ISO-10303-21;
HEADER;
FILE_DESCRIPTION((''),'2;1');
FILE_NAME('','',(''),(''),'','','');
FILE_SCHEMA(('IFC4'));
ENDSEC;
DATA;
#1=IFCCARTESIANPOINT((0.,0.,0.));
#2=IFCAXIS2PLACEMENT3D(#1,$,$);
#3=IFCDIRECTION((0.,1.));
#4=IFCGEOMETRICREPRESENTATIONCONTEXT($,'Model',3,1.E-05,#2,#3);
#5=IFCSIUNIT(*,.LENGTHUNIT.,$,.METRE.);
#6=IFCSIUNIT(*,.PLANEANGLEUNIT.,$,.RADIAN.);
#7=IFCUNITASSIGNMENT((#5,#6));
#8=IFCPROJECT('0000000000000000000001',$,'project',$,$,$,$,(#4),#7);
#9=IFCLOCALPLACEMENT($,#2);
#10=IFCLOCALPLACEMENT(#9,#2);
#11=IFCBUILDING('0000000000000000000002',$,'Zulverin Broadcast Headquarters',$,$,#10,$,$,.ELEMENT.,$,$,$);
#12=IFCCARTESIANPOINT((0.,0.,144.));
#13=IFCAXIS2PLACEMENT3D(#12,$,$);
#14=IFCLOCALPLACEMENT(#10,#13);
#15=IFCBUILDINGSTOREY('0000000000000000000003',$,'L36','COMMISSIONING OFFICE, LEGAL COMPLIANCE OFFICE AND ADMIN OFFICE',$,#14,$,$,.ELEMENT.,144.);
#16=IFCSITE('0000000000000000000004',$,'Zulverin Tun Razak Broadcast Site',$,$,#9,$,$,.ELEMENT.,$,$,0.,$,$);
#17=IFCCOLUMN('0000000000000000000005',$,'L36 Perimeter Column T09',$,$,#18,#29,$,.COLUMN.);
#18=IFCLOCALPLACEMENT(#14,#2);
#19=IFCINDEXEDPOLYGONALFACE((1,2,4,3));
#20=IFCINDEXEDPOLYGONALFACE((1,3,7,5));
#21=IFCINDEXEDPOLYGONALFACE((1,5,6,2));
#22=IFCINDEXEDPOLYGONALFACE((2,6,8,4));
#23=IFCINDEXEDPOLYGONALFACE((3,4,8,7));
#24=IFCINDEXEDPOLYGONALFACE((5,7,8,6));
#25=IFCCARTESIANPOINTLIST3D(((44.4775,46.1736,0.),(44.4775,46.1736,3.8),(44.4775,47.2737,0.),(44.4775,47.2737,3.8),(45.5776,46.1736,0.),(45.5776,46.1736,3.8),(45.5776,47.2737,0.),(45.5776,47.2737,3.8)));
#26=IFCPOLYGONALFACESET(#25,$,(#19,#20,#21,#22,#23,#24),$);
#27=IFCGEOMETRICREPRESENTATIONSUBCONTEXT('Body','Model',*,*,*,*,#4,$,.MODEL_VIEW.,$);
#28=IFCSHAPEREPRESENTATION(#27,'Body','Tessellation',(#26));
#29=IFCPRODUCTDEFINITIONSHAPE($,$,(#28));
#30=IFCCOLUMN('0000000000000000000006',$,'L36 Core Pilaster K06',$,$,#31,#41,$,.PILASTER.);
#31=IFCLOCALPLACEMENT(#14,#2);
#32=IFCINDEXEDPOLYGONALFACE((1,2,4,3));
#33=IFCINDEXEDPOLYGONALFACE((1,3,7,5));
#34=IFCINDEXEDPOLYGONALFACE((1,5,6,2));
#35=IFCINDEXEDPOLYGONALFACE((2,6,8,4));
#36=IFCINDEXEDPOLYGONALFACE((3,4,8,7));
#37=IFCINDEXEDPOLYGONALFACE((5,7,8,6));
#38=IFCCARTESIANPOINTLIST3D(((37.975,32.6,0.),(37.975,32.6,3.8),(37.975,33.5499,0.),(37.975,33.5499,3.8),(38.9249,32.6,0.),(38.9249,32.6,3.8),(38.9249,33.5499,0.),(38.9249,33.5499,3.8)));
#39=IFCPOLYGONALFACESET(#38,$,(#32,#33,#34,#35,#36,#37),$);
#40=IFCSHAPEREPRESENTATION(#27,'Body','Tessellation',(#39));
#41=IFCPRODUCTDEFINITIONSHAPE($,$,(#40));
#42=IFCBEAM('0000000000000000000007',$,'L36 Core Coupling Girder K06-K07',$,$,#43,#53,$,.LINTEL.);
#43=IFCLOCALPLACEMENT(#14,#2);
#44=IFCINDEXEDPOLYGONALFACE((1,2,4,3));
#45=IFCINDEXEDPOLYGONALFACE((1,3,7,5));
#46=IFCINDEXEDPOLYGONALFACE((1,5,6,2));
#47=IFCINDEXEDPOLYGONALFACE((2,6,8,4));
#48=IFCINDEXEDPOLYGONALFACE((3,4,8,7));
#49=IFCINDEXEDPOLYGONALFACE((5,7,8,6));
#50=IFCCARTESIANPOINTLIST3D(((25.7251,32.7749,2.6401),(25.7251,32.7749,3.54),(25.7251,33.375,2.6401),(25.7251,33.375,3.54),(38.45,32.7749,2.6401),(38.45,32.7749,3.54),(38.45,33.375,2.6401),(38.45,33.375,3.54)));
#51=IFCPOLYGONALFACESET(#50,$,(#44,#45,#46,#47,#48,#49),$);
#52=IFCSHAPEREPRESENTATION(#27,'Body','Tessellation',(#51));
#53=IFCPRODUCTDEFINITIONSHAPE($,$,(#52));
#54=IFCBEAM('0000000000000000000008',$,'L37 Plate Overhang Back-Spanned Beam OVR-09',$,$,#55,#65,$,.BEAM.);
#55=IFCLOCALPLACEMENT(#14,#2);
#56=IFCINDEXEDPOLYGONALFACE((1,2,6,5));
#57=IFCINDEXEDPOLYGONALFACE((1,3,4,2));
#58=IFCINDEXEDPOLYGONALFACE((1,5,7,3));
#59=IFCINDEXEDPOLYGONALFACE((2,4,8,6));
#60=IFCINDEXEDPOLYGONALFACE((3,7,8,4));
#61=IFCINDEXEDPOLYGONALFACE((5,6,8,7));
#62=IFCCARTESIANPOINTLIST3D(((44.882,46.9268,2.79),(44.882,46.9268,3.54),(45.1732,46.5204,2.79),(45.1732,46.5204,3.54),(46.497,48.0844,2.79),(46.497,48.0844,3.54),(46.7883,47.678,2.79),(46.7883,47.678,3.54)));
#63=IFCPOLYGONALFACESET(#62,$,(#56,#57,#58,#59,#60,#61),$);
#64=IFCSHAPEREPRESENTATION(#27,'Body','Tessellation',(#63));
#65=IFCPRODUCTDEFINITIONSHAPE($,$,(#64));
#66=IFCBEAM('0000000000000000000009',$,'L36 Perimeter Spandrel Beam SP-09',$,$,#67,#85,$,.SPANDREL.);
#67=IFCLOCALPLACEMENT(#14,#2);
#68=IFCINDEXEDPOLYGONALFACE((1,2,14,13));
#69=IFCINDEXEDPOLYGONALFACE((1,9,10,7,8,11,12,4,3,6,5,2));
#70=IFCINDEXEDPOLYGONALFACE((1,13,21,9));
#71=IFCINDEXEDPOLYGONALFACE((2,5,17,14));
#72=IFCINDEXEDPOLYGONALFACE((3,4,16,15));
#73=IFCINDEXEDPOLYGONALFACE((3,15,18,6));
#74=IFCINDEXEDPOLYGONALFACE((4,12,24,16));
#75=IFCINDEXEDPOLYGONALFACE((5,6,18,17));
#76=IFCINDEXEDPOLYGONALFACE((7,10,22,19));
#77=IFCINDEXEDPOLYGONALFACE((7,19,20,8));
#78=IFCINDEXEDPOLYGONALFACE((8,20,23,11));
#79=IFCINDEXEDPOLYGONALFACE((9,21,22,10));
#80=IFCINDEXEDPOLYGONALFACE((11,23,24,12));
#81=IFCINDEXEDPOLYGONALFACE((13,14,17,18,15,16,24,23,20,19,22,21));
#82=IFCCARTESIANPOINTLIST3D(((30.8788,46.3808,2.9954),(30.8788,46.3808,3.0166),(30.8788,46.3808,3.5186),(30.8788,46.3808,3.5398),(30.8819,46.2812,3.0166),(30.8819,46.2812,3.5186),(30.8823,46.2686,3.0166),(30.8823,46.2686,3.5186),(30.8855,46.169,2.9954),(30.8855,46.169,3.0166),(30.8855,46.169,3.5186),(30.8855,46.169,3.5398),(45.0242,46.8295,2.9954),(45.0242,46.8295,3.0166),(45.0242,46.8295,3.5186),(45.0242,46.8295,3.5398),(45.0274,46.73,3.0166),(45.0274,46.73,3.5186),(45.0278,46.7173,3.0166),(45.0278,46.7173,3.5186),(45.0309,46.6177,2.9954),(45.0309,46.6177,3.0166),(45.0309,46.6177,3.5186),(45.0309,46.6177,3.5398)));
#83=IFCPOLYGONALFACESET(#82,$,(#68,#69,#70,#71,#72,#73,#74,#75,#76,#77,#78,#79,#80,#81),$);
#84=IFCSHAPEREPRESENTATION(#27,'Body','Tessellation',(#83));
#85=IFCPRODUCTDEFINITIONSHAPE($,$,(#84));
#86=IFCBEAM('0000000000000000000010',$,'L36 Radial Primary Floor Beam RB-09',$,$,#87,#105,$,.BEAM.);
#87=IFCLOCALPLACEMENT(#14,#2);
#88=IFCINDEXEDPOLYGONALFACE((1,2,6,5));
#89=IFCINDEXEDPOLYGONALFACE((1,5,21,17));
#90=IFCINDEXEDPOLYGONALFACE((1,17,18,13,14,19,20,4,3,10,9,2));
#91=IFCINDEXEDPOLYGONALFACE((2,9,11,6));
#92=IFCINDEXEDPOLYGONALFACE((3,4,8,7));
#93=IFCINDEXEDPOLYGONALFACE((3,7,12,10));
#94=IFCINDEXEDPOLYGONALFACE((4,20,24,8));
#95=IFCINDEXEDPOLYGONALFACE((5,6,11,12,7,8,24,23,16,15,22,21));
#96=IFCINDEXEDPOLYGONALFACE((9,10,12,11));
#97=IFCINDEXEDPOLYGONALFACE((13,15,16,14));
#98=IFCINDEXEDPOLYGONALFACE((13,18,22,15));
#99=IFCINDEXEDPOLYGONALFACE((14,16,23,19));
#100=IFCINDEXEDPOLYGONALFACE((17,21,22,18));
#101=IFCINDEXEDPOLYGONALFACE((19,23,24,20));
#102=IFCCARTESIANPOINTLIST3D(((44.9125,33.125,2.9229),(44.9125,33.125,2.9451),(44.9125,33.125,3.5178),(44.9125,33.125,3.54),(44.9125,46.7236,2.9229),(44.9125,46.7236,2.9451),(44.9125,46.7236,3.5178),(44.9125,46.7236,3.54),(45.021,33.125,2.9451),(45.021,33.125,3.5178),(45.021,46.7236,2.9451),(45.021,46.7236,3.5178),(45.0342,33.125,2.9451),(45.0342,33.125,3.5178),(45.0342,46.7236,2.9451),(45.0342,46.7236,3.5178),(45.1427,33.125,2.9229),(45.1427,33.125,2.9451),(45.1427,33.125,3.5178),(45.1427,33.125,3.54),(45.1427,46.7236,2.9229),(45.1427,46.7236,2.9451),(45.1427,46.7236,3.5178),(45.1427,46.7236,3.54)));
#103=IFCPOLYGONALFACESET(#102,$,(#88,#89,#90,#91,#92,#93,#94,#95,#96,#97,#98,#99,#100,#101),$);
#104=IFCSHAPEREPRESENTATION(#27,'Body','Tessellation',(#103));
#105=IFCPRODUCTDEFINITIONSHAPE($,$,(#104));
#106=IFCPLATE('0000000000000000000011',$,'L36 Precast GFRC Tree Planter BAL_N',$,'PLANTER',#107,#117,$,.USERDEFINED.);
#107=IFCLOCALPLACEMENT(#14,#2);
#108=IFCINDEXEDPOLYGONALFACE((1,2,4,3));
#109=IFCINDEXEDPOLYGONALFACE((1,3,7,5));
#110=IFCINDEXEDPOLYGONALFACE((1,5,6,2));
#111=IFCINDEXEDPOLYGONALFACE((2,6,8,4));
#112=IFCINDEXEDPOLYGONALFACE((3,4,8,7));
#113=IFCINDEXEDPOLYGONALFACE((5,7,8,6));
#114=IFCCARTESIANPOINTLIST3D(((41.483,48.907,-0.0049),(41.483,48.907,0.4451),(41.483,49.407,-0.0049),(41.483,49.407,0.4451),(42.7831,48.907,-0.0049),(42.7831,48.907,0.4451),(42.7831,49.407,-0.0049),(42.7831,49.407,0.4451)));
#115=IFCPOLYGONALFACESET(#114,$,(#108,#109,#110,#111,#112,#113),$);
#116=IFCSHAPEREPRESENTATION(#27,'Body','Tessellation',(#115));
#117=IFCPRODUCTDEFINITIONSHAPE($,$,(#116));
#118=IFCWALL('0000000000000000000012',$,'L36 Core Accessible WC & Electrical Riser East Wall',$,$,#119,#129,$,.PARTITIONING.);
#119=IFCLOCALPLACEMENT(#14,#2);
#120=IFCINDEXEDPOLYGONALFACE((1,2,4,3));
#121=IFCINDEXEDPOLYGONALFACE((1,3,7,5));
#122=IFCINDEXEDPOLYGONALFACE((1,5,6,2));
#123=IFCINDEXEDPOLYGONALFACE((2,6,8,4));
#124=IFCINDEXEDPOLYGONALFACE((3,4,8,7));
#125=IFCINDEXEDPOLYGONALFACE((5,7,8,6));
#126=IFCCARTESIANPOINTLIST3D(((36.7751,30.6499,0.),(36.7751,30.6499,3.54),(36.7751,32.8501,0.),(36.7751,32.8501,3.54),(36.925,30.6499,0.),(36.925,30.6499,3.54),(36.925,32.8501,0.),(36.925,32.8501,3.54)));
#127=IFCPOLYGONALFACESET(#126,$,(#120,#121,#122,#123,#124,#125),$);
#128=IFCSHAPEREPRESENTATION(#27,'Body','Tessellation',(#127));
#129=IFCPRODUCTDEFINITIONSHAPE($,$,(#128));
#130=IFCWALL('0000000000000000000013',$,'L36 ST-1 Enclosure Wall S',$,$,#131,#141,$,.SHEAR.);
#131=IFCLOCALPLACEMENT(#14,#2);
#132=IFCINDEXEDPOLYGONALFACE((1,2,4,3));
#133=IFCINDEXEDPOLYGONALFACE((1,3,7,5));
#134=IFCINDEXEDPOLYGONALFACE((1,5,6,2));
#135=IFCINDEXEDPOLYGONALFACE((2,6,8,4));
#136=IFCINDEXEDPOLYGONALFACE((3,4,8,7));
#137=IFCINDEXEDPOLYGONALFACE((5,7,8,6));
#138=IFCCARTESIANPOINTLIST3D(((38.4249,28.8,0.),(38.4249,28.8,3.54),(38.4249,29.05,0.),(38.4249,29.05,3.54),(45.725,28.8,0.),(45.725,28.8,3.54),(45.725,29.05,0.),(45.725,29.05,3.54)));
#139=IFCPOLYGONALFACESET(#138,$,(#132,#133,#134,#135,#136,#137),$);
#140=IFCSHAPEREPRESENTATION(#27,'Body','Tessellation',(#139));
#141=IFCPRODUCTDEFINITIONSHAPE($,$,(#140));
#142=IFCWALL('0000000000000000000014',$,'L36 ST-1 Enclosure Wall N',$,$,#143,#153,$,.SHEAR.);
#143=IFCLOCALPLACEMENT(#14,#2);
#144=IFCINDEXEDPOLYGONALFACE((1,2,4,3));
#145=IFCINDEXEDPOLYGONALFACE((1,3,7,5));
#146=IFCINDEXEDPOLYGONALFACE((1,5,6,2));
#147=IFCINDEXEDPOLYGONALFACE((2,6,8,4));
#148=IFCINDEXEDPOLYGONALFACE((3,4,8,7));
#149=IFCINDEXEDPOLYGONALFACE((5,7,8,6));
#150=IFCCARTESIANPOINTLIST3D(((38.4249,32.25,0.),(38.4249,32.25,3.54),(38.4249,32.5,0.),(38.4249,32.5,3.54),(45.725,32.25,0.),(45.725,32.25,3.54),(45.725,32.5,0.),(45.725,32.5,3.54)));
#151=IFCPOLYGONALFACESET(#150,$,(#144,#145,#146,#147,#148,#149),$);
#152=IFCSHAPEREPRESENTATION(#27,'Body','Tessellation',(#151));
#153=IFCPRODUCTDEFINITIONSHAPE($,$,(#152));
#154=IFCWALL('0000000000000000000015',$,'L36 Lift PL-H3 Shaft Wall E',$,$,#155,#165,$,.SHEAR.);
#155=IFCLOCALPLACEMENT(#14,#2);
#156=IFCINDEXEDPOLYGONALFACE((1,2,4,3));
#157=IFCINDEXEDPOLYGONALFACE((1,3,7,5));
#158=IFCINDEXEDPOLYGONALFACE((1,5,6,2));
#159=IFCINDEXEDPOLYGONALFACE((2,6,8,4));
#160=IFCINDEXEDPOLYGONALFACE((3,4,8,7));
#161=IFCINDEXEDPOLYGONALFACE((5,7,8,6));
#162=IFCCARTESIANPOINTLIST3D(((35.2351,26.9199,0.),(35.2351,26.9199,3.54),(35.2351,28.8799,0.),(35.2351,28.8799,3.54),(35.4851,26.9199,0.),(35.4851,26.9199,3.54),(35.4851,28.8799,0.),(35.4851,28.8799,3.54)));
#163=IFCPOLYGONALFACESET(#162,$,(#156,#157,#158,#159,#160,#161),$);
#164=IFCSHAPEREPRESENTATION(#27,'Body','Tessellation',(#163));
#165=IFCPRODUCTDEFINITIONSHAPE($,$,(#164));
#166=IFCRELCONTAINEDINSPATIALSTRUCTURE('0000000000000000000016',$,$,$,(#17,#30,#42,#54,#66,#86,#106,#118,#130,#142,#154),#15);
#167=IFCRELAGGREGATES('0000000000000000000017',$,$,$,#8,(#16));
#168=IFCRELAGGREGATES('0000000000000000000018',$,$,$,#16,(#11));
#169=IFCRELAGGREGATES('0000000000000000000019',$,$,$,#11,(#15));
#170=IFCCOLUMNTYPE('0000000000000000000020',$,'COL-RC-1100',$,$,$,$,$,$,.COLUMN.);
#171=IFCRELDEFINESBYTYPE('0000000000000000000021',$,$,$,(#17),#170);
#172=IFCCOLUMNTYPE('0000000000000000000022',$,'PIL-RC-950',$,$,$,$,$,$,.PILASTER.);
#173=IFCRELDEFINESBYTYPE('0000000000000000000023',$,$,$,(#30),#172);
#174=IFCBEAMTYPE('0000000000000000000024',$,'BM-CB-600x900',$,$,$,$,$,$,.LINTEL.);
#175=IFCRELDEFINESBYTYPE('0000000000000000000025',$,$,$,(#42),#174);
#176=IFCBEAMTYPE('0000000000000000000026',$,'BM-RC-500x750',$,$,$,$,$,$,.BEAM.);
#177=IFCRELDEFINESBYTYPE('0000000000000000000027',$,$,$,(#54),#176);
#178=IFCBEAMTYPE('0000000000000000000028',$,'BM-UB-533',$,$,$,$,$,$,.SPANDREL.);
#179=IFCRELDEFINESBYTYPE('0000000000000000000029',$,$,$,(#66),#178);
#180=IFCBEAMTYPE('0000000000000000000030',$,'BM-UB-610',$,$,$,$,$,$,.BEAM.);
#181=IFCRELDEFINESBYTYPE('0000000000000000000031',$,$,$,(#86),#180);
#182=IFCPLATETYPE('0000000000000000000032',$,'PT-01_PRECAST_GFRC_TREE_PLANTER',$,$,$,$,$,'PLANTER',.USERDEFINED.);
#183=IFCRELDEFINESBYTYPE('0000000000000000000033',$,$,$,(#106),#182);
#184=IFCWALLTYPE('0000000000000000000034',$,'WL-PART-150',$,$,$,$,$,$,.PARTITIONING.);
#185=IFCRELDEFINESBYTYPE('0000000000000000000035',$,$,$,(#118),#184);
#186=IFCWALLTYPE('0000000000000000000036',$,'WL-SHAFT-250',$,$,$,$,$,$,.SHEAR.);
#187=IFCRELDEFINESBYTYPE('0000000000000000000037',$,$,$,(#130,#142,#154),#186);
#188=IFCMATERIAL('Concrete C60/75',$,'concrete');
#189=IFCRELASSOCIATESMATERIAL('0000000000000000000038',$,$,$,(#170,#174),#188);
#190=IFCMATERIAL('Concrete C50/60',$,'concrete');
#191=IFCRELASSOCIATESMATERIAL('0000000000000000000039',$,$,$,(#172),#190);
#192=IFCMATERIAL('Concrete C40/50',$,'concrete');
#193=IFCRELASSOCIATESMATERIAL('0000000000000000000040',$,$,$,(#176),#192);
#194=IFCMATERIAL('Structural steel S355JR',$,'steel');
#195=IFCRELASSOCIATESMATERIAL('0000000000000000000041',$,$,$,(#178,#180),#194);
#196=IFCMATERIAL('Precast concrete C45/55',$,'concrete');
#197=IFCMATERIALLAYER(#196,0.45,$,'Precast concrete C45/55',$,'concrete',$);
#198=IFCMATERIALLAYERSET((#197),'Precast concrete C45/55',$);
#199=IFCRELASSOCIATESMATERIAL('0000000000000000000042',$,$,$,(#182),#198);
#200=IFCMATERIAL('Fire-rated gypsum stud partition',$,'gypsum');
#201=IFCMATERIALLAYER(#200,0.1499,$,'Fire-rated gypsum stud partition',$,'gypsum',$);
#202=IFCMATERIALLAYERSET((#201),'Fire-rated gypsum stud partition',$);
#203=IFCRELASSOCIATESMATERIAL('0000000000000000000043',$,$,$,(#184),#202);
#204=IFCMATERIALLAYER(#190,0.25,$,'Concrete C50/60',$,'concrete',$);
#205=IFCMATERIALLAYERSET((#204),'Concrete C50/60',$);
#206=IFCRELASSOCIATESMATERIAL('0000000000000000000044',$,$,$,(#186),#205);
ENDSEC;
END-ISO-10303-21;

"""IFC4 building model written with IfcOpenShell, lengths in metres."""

from ifc_helpers import new_model, si_unit, direction, frame, frame_2d, origin, origin_2d, place, context, subcontext, project, spatial, rectangle, i_section, extrude, material, layer, layer_set, material_profile, profile_set, type_object, element, save


model = new_model("IFC4")

# Units and contexts
model_context = context("Model", 3, precision=1e-05, world=origin(), true_north=direction((0.0, 1.0)))
body_context = subcontext(model_context, "Body", "Model", "MODEL_VIEW")
ifc_project = project(units=[si_unit("LENGTHUNIT", "METRE"), si_unit("PLANEANGLEUNIT", "RADIAN")], contexts=[model_context])

# Site, building, storey
site_placement = place(None, origin())
site = spatial("IfcSite", under=ifc_project, at=site_placement, Name="Zulverin Tun Razak Broadcast Site", CompositionType="ELEMENT", RefElevation=0.0)
building_placement = place(site_placement, origin())
building = spatial("IfcBuilding", under=site, at=building_placement, Name="Zulverin Broadcast Headquarters", CompositionType="ELEMENT")
storey_placement = place(building_placement, frame((0.0, 0.0, 144.0)))
storey = spatial("IfcBuildingStorey", under=building, at=storey_placement, Name="L36", Description="COMMISSIONING OFFICE, LEGAL COMPLIANCE OFFICE AND ADMIN OFFICE", CompositionType="ELEMENT", Elevation=144.0)

# Columns
ifc_material_1 = material(Name="Concrete C60/75", Category="concrete")
ifc_material_profile_1 = material_profile(ifc_material_1, rectangle(XDim=1.1001, YDim=1.1001, at=origin_2d()), Name="Concrete C60/75", Category="concrete")
ifc_profile_set_1 = profile_set([ifc_material_profile_1], Name="Concrete C60/75")
column_type_1 = type_object("IfcColumnType", Name="COL-RC-1100", PredefinedType="COLUMN", material=ifc_profile_set_1)
column_1_placement = place(storey_placement, frame((45.0276, 46.7236, 0.0), z_axis=(0.0, 0.0, 1.0), x_axis=(1.0, 0.0, 0.0)))
element("IfcColumn", 1, at=column_1_placement, inside=storey, type_object=column_type_1, Name="L36 Perimeter Column T09", PredefinedType="COLUMN", context=body_context, shape_type="SweptSolid", body=[
    extrude(rectangle(XDim=1.1001, YDim=1.1001, at=origin_2d()), origin(), (0.0, 0.0, 1.0), 3.8),
])
ifc_material_2 = material(Name="Concrete C50/60", Category="concrete")
ifc_material_profile_2 = material_profile(ifc_material_2, rectangle(XDim=0.95, YDim=0.95, at=origin_2d()), Name="Concrete C50/60", Category="concrete")
ifc_profile_set_2 = profile_set([ifc_material_profile_2], Name="Concrete C50/60")
column_type_2 = type_object("IfcColumnType", Name="PIL-RC-950", PredefinedType="PILASTER", material=ifc_profile_set_2)
column_2_placement = place(storey_placement, frame((38.45, 33.075, 0.0), z_axis=(0.0, 0.0, 1.0), x_axis=(1.0, 0.0, 0.0)))
element("IfcColumn", 2, at=column_2_placement, inside=storey, type_object=column_type_2, Name="L36 Core Pilaster K06", PredefinedType="PILASTER", context=body_context, shape_type="SweptSolid", body=[
    extrude(rectangle(XDim=0.95, YDim=0.95, at=origin_2d()), origin(), (0.0, 0.0, 1.0), 3.8),
])

# Beams
ifc_material_profile_3 = material_profile(ifc_material_1, rectangle(XDim=0.6001, YDim=0.8999, at=origin_2d()), Name="Concrete C60/75", Category="concrete")
ifc_profile_set_3 = profile_set([ifc_material_profile_3], Name="Concrete C60/75")
beam_type_1 = type_object("IfcBeamType", Name="BM-CB-600x900", PredefinedType="LINTEL", material=ifc_profile_set_3)
beam_1_placement = place(storey_placement, frame((38.45, 33.075, 3.0901), z_axis=(-1.0, 0.0, 0.0), x_axis=(0.0, -1.0, 0.0)))
element("IfcBeam", 3, at=beam_1_placement, inside=storey, type_object=beam_type_1, Name="L36 Core Coupling Girder K06-K07", PredefinedType="LINTEL", context=body_context, shape_type="SweptSolid", body=[
    extrude(rectangle(XDim=0.6001, YDim=0.8999, at=origin_2d()), origin(), (0.0, 0.0, 1.0), 12.7249),
])
ifc_material_3 = material(Name="Concrete C40/50", Category="concrete")
ifc_material_profile_4 = material_profile(ifc_material_3, rectangle(XDim=0.5, YDim=0.75, at=origin_2d()), Name="Concrete C40/50", Category="concrete")
ifc_profile_set_4 = profile_set([ifc_material_profile_4], Name="Concrete C40/50")
beam_type_2 = type_object("IfcBeamType", Name="BM-RC-500x750", PredefinedType="BEAM", material=ifc_profile_set_4)
beam_2_placement = place(storey_placement, frame((45.0276, 46.7236, 3.165), z_axis=(0.812803, 0.582539, 0.0), x_axis=(-0.582539, 0.812803, 0.0)))
element("IfcBeam", 4, at=beam_2_placement, inside=storey, type_object=beam_type_2, Name="L37 Plate Overhang Back-Spanned Beam OVR-09", PredefinedType="BEAM", context=body_context, shape_type="SweptSolid", body=[
    extrude(rectangle(XDim=0.5, YDim=0.75, at=origin_2d()), origin(), (0.0, 0.0, 1.0), 1.9871),
])
ifc_material_4 = material(Name="Structural steel S355JR", Category="steel")
ifc_material_profile_5 = material_profile(ifc_material_4, i_section(OverallWidth=0.2119, OverallDepth=0.5444, WebThickness=0.0127, FlangeThickness=0.0212, at=origin_2d()), Name="Structural steel S355JR", Category="steel")
ifc_profile_set_5 = profile_set([ifc_material_profile_5], Name="Structural steel S355JR")
beam_type_3 = type_object("IfcBeamType", Name="BM-UB-533", PredefinedType="SPANDREL", material=ifc_profile_set_5)
beam_3_placement = place(storey_placement, frame((45.0276, 46.7236, 3.2676), z_axis=(-0.999497, -0.031707, 0.0), x_axis=(0.031707, -0.999497, 0.0)))
element("IfcBeam", 5, at=beam_3_placement, inside=storey, type_object=beam_type_3, Name="L36 Perimeter Spandrel Beam SP-09", PredefinedType="SPANDREL", context=body_context, shape_type="SweptSolid", body=[
    extrude(i_section(OverallWidth=0.2119, OverallDepth=0.5444, WebThickness=0.0127, FlangeThickness=0.0212, at=origin_2d()), origin(), (0.0, 0.0, 1.0), 14.1526),
])
ifc_material_profile_6 = material_profile(ifc_material_4, i_section(OverallWidth=0.2302, OverallDepth=0.6172, WebThickness=0.0132, FlangeThickness=0.0222, at=origin_2d()), Name="Structural steel S355JR", Category="steel")
ifc_profile_set_6 = profile_set([ifc_material_profile_6], Name="Structural steel S355JR")
beam_type_4 = type_object("IfcBeamType", Name="BM-UB-610", PredefinedType="BEAM", material=ifc_profile_set_6)
beam_4_placement = place(storey_placement, frame((45.0276, 33.125, 3.2314), z_axis=(0.0, 1.0, 0.0), x_axis=(-1.0, 0.0, 0.0)))
element("IfcBeam", 6, at=beam_4_placement, inside=storey, type_object=beam_type_4, Name="L36 Radial Primary Floor Beam RB-09", PredefinedType="BEAM", context=body_context, shape_type="SweptSolid", body=[
    extrude(i_section(OverallWidth=0.2302, OverallDepth=0.6172, WebThickness=0.0132, FlangeThickness=0.0222, at=origin_2d()), origin(), (0.0, 0.0, 1.0), 13.5986),
])

# Plate
ifc_material_5 = material(Name="Precast concrete C45/55", Category="concrete")
ifc_layer_1 = layer(ifc_material_5, 0.45, Name="Precast concrete C45/55", Category="concrete")
ifc_layer_set_1 = layer_set([ifc_layer_1], Name="Precast concrete C45/55")
plate_type = type_object("IfcPlateType", Name="PT-01_PRECAST_GFRC_TREE_PLANTER", ElementType="PLANTER", PredefinedType="USERDEFINED", material=ifc_layer_set_1)
plate_placement = place(storey_placement, frame((42.1331, 49.157, -0.0049), z_axis=(0.0, 0.0, 1.0), x_axis=(1.0, 0.0, 0.0)))
element("IfcPlate", 7, at=plate_placement, inside=storey, type_object=plate_type, Name="L36 Precast GFRC Tree Planter BAL_N", ObjectType="PLANTER", PredefinedType="USERDEFINED", context=body_context, shape_type="SweptSolid", body=[
    extrude(rectangle(XDim=1.3, YDim=0.5, at=origin_2d()), origin(), (0.0, 0.0, 1.0), 0.45),
])

# Walls
ifc_material_6 = material(Name="Fire-rated gypsum stud partition", Category="gypsum")
ifc_layer_2 = layer(ifc_material_6, 0.1499, Name="Fire-rated gypsum stud partition", Category="gypsum")
ifc_layer_set_2 = layer_set([ifc_layer_2], Name="Fire-rated gypsum stud partition")
wall_type_1 = type_object("IfcWallType", Name="WL-PART-150", PredefinedType="PARTITIONING", material=ifc_layer_set_2)
wall_1_placement = place(storey_placement, frame((36.8501, 30.6499, 0.0), z_axis=(0.0, 0.0, 1.0), x_axis=(0.0, 1.0, 0.0)))
element("IfcWall", 8, at=wall_1_placement, inside=storey, type_object=wall_type_1, Name="L36 Core Accessible WC & Electrical Riser East Wall", PredefinedType="PARTITIONING", context=body_context, shape_type="SweptSolid", body=[
    extrude(rectangle(XDim=2.2002, YDim=0.1499, at=frame_2d((1.1001, 0.0))), origin(), (0.0, 0.0, 1.0), 3.54),
])
ifc_layer_3 = layer(ifc_material_2, 0.25, Name="Concrete C50/60", Category="concrete")
ifc_layer_set_3 = layer_set([ifc_layer_3], Name="Concrete C50/60")
wall_type_2 = type_object("IfcWallType", Name="WL-SHAFT-250", PredefinedType="SHEAR", material=ifc_layer_set_3)
for number, where, z_axis, x_axis, name in (
    (9, (38.425, 28.925, 0.0), (0.0, 0.0, 1.0), (1.0, 0.0, 0.0), "L36 ST-1 Enclosure Wall S"),
    (10, (38.425, 32.375, 0.0), (0.0, 0.0, 1.0), (1.0, 0.0, 0.0), "L36 ST-1 Enclosure Wall N"),
):
    element("IfcWall", number, at=place(storey_placement, frame(where, z_axis=z_axis, x_axis=x_axis)), inside=storey, type_object=wall_type_2, Name=name, PredefinedType="SHEAR", context=body_context, shape_type="SweptSolid", body=[
        extrude(rectangle(XDim=7.3, YDim=0.25, at=frame_2d((3.6499, 0.0))), origin(), (0.0, 0.0, 1.0), 3.54),
    ])

# Wall
wall_2_placement = place(storey_placement, frame((35.3601, 26.9199, 0.0), z_axis=(0.0, 0.0, 1.0), x_axis=(0.0, 1.0, 0.0)))
element("IfcWall", 11, at=wall_2_placement, inside=storey, type_object=wall_type_2, Name="L36 Lift PL-H3 Shaft Wall E", PredefinedType="SHEAR", context=body_context, shape_type="SweptSolid", body=[
    extrude(rectangle(XDim=1.96, YDim=0.25, at=frame_2d((0.98, 0.0))), origin(), (0.0, 0.0, 1.0), 3.54),
])

save(model, "model.ifc")
